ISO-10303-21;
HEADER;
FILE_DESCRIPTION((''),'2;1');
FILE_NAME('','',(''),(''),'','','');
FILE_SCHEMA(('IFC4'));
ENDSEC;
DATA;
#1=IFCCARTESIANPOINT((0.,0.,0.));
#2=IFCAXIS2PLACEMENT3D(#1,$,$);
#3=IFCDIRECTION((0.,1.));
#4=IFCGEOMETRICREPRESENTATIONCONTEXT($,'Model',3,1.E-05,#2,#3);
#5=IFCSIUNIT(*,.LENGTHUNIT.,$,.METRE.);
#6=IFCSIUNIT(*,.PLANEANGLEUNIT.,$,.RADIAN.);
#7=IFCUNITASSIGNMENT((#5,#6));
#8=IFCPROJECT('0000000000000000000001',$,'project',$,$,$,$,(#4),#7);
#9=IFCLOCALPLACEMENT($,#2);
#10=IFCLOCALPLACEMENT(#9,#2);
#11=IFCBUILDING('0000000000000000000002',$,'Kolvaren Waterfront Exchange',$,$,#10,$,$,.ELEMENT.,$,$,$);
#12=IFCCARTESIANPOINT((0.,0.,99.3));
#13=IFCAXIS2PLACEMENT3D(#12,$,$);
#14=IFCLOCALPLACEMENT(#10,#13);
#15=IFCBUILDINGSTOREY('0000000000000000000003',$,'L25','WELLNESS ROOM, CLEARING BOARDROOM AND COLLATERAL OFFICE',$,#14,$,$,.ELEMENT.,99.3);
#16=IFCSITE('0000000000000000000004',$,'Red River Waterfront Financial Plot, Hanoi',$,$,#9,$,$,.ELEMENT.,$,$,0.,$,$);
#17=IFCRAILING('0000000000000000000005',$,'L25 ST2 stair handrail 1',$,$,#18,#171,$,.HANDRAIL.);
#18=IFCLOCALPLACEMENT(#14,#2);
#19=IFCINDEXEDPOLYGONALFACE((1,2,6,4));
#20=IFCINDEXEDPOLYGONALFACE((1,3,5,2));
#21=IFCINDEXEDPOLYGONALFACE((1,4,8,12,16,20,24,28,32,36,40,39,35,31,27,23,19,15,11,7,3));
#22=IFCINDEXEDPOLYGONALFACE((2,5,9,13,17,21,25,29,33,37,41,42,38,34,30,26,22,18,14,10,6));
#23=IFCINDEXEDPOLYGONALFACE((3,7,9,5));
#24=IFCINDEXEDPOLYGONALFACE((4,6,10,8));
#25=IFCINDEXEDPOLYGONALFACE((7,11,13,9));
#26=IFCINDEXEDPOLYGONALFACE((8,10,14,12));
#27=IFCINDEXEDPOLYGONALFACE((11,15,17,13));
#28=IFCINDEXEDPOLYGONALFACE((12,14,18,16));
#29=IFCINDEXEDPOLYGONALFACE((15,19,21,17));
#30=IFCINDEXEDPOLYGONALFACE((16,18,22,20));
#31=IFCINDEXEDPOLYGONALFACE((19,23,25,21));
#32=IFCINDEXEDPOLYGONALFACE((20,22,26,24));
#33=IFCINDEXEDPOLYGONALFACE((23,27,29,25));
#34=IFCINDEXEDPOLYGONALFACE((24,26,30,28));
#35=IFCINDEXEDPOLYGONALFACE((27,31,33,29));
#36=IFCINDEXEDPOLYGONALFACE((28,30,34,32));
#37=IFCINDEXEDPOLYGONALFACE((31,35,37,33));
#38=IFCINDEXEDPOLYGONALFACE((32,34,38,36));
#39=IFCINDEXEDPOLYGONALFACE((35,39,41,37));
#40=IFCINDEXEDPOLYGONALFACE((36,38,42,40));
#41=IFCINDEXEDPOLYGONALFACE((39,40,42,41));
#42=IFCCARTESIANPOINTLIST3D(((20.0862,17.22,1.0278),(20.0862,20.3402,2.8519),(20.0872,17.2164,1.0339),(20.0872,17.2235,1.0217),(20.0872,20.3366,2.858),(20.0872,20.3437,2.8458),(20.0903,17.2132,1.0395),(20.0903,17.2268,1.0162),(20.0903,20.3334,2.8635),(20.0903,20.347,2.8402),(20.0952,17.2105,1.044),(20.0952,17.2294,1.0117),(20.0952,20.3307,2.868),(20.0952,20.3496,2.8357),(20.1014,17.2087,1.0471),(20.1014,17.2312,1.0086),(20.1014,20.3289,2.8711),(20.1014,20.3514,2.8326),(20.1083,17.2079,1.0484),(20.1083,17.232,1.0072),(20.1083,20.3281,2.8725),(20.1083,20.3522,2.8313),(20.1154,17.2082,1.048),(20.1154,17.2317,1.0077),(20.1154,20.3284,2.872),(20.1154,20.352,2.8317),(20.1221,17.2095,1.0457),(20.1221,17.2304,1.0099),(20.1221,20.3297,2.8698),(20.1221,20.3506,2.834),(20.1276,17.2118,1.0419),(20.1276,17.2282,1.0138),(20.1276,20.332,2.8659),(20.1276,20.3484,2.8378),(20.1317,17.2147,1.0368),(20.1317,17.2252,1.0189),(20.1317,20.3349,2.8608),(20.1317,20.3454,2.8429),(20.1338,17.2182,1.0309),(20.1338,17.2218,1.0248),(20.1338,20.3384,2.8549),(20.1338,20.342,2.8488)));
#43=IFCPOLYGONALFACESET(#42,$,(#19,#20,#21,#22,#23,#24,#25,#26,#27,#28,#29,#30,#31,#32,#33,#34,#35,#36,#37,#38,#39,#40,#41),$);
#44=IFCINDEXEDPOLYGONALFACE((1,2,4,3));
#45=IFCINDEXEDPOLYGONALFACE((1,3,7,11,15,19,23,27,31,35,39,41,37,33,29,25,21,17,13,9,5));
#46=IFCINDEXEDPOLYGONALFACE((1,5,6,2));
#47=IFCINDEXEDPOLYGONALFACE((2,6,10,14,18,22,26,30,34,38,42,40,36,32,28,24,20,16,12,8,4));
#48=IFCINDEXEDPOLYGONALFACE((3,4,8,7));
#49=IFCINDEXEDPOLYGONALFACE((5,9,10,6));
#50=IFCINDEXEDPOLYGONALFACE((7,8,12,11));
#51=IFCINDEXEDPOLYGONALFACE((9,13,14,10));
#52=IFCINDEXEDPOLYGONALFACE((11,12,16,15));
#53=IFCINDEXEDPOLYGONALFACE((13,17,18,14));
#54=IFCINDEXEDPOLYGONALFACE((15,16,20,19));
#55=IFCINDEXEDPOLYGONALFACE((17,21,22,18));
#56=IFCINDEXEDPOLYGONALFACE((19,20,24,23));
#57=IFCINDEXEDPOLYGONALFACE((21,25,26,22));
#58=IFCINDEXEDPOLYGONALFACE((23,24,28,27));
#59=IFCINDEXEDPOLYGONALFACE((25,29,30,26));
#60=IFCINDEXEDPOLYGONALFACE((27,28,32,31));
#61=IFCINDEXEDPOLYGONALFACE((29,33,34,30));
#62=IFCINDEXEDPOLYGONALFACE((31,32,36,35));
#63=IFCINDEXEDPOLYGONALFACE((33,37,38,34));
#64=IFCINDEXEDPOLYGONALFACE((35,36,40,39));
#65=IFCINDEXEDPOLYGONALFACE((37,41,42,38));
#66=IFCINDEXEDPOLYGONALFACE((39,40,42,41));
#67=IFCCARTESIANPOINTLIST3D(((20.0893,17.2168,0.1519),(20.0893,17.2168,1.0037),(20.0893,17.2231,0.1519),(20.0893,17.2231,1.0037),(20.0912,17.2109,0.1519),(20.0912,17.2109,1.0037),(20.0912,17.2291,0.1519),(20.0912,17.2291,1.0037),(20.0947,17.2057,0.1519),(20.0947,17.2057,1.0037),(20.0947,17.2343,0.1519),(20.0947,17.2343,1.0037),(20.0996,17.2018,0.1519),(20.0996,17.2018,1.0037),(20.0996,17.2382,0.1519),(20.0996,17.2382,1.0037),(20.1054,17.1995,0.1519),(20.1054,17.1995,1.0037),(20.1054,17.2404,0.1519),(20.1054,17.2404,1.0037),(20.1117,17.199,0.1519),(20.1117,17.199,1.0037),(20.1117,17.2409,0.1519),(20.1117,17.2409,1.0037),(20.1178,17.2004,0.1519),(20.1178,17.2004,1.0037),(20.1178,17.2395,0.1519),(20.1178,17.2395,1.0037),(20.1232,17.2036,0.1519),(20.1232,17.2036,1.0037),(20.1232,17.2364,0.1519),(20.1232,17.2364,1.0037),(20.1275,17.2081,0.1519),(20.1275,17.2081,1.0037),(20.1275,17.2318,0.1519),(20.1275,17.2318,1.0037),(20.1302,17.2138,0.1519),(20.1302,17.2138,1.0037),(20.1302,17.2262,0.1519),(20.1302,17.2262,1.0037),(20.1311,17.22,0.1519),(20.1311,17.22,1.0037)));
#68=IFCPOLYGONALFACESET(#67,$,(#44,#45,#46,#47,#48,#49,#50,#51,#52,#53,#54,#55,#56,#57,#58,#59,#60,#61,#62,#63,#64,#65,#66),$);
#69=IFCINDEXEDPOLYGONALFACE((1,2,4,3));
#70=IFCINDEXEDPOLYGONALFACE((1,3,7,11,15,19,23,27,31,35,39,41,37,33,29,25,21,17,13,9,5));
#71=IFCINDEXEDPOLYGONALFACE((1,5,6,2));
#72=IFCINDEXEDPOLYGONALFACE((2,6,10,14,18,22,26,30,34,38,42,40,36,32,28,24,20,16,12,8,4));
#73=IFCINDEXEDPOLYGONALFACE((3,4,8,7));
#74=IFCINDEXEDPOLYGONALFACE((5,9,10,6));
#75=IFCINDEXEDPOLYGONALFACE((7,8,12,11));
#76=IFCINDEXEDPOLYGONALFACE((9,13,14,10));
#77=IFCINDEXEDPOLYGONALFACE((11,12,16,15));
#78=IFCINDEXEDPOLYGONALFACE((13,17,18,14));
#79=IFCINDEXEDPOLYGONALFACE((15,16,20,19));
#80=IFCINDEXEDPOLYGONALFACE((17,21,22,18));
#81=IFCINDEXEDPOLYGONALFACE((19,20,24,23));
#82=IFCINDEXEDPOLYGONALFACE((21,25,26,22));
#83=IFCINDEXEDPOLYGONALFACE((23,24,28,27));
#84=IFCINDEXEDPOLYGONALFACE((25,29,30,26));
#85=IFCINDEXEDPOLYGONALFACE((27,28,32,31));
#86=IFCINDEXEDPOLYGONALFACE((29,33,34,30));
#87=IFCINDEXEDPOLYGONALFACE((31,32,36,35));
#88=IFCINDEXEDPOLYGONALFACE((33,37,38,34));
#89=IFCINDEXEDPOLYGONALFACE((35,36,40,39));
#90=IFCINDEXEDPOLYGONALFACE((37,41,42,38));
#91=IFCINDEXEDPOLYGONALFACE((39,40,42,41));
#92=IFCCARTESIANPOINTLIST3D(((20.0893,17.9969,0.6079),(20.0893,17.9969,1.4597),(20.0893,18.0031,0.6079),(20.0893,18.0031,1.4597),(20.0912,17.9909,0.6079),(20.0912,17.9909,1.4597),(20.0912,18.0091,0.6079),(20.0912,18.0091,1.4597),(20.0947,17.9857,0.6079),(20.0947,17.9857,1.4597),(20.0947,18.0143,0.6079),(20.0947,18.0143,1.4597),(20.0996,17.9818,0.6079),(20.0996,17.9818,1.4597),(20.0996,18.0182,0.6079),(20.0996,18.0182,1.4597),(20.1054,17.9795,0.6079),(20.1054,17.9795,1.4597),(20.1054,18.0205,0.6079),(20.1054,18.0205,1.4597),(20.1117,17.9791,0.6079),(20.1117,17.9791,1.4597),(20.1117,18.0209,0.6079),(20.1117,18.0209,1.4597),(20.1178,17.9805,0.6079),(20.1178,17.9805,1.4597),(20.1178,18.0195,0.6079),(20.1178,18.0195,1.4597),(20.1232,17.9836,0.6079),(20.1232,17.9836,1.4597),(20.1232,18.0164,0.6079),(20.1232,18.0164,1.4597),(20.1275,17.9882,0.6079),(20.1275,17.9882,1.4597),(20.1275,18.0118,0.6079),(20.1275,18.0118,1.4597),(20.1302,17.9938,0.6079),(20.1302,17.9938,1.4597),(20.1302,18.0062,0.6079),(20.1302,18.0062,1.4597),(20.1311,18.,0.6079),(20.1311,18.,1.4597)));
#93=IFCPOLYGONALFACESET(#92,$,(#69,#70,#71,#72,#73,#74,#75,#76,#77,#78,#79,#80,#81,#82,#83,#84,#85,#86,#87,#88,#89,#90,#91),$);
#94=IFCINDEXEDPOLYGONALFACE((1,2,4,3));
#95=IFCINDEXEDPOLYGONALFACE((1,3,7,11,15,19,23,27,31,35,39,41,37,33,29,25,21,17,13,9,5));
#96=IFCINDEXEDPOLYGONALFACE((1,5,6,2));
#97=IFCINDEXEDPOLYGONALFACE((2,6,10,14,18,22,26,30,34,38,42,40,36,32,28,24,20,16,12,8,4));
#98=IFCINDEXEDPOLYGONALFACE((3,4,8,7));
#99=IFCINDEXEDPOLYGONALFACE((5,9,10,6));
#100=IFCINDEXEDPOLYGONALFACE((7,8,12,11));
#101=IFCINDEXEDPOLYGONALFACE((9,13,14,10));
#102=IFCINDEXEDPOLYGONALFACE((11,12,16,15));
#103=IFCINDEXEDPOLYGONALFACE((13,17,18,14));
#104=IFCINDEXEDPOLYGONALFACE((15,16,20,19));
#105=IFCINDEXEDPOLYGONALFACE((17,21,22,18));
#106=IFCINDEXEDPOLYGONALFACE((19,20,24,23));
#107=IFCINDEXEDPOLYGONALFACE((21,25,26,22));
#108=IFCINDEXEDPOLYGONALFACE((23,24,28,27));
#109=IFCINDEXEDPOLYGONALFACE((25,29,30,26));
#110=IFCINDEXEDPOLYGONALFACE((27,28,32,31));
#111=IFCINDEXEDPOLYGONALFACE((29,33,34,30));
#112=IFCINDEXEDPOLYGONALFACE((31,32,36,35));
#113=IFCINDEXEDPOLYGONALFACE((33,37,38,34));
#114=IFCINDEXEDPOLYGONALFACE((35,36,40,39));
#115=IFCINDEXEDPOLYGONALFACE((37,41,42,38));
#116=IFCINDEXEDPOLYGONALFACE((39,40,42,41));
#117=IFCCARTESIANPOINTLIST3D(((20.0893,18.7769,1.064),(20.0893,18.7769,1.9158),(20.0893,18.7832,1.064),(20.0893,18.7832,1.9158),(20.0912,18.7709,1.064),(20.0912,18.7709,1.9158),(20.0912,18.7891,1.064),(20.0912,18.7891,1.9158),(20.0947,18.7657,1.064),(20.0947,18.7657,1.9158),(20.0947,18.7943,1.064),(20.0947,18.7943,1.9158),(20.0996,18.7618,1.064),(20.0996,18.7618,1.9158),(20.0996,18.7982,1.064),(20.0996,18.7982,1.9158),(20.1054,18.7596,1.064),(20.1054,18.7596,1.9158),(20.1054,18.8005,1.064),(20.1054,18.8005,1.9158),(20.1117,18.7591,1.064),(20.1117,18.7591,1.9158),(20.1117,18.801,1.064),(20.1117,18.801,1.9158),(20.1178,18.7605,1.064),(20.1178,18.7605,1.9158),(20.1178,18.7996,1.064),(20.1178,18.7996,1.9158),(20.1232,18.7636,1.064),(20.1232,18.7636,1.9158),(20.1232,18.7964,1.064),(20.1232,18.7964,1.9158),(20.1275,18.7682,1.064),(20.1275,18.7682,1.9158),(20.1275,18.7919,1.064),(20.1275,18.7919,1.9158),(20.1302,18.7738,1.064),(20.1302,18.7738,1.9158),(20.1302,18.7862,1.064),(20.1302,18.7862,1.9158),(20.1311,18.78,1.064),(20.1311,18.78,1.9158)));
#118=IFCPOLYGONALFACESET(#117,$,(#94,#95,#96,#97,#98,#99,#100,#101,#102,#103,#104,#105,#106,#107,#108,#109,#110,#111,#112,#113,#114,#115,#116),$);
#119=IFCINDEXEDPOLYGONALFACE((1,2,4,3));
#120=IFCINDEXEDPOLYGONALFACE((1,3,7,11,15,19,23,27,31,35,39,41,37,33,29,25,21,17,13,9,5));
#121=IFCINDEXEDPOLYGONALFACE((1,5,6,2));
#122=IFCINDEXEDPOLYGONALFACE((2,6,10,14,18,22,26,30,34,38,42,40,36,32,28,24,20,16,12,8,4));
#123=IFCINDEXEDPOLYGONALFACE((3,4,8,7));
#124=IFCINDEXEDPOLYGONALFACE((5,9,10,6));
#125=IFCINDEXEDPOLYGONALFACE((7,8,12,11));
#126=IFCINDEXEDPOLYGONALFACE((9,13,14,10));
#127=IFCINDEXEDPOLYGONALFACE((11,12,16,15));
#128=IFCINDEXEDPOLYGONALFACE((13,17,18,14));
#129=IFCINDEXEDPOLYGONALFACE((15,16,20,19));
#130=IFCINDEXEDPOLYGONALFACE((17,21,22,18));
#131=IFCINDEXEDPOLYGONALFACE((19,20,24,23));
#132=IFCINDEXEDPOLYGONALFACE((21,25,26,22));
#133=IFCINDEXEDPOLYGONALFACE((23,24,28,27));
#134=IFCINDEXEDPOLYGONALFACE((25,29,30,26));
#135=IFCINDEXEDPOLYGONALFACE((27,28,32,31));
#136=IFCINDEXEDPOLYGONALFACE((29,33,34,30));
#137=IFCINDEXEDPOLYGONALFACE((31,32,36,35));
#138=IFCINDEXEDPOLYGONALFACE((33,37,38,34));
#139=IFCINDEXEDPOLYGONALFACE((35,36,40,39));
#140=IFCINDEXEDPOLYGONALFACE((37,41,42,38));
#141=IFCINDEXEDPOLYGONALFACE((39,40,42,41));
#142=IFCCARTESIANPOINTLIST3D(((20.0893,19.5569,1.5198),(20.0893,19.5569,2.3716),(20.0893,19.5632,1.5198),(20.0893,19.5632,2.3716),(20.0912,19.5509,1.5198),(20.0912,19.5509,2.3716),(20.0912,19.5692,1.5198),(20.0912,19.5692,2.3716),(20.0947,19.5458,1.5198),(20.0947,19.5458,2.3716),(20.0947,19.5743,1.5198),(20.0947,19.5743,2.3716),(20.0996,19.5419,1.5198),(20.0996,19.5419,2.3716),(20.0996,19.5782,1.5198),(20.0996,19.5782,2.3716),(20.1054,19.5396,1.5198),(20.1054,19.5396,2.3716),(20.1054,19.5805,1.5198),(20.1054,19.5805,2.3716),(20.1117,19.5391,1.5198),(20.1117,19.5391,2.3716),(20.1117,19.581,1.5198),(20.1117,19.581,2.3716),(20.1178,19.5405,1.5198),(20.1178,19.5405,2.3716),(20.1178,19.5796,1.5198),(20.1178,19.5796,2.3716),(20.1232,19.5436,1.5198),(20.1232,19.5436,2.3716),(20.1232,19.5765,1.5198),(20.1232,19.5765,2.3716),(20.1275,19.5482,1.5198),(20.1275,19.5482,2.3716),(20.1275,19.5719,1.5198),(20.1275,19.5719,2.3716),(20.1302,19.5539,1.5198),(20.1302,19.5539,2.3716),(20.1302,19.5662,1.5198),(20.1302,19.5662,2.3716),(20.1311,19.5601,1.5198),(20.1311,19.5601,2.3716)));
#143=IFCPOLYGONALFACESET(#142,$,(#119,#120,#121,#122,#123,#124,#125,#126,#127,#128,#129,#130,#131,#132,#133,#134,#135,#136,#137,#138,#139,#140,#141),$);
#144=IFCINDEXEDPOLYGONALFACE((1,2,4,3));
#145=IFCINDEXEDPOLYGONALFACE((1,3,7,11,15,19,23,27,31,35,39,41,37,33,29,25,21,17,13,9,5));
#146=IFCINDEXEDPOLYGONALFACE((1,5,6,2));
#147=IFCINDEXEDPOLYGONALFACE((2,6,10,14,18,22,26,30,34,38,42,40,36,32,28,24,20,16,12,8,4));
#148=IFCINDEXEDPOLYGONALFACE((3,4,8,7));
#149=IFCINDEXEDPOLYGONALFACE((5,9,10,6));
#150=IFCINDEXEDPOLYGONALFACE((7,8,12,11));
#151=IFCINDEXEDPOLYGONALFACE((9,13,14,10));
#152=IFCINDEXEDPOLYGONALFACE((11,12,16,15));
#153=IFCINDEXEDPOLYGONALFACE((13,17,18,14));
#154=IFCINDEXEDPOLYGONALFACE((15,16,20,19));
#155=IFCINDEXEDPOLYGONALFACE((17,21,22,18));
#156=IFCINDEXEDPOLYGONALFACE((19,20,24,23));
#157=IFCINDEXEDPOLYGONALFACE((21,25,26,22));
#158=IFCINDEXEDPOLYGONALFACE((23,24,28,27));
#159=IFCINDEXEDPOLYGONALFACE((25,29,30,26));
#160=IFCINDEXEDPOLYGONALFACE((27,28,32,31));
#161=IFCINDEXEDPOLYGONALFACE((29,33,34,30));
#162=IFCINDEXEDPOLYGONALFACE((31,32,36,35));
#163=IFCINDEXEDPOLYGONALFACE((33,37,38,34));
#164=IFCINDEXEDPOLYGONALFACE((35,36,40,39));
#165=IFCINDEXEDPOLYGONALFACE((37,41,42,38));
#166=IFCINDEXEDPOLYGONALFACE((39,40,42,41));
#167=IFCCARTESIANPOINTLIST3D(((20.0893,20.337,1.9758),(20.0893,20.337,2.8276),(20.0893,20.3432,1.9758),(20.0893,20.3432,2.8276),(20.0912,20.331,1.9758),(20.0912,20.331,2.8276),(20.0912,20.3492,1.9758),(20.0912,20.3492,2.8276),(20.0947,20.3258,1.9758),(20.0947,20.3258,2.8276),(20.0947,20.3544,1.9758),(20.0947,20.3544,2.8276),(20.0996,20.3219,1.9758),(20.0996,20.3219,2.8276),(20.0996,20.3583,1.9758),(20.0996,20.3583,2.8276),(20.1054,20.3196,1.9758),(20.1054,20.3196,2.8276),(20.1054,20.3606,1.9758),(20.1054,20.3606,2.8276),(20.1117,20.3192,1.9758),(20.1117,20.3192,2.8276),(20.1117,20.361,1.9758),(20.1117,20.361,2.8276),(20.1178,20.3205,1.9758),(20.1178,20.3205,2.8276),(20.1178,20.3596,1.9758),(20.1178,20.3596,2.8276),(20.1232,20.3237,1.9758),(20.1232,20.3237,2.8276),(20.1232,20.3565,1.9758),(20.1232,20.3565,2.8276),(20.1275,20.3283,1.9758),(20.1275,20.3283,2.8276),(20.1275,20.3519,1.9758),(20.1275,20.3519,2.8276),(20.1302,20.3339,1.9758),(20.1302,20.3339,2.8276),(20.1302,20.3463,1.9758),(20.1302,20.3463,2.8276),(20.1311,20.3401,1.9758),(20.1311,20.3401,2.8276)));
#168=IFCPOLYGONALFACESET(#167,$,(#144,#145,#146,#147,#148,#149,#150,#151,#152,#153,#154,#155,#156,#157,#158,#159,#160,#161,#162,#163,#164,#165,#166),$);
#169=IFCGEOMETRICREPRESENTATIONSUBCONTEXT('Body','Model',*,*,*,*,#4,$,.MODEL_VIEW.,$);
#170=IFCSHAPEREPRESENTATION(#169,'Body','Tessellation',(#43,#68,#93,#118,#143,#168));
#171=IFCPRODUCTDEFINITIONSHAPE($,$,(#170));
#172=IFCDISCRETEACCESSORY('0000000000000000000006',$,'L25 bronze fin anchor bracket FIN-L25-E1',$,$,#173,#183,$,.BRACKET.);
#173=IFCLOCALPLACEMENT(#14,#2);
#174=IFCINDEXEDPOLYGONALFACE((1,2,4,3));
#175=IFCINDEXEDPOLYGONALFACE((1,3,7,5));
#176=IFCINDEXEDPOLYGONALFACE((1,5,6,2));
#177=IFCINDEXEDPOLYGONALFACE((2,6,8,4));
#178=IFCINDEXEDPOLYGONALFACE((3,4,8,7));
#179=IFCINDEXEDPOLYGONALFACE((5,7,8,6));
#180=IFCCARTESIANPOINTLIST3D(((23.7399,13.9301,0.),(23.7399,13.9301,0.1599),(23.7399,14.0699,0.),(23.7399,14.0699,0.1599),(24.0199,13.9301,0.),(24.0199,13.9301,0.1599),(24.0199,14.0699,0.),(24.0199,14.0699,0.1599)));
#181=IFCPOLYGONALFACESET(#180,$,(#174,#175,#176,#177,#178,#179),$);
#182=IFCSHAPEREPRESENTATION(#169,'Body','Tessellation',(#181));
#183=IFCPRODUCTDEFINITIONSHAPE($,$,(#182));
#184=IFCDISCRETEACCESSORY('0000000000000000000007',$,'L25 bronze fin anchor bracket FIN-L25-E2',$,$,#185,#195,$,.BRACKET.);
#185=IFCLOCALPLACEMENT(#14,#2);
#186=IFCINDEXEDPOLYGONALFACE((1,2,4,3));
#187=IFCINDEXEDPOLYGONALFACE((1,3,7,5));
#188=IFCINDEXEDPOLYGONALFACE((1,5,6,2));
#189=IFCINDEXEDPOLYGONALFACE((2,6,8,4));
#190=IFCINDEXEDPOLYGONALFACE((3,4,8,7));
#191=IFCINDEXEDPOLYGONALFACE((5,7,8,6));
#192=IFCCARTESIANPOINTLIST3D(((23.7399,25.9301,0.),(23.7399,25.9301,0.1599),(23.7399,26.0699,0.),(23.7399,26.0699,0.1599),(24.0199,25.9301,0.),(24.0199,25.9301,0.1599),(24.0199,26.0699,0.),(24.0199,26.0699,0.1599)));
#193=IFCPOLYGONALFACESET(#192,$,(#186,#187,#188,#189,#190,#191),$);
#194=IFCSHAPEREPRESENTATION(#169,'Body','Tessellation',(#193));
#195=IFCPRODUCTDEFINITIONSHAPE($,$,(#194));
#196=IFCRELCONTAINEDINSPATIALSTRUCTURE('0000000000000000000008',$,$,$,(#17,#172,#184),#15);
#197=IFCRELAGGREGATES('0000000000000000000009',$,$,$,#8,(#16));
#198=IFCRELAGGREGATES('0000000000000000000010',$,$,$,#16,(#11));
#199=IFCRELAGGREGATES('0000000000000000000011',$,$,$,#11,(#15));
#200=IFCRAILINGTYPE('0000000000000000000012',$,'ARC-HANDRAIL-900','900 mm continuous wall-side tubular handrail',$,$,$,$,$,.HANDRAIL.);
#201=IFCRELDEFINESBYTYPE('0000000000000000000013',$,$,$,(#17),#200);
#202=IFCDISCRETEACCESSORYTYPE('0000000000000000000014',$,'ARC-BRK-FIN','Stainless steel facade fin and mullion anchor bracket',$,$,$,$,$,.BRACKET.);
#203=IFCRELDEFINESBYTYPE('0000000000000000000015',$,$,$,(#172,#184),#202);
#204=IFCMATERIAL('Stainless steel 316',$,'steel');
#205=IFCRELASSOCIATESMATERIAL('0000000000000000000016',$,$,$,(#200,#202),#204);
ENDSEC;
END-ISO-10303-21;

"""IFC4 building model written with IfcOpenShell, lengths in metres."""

from ifc_helpers import new_model, si_unit, direction, frame, origin, origin_with_axes, origin_2d, place, context, subcontext, project, spatial, rectangle, circle, extrude, source, transform, mapped, material, type_object, element, save


model = new_model("IFC4")

# Units and contexts
model_context = context("Model", 3, precision=1e-05, world=origin(), true_north=direction((0.0, 1.0)))
body_context = subcontext(model_context, "Body", "Model", "MODEL_VIEW")
ifc_project = project(units=[si_unit("LENGTHUNIT", "METRE"), si_unit("PLANEANGLEUNIT", "RADIAN")], contexts=[model_context])

# Site, building, storey
site_placement = place(None, origin())
site = spatial("IfcSite", under=ifc_project, at=site_placement, Name="Red River Waterfront Financial Plot, Hanoi", CompositionType="ELEMENT", RefElevation=0.0)
building_placement = place(site_placement, origin())
building = spatial("IfcBuilding", under=site, at=building_placement, Name="Kolvaren Waterfront Exchange", CompositionType="ELEMENT")
storey_placement = place(building_placement, frame((0.0, 0.0, 99.3)))
storey = spatial("IfcBuildingStorey", under=building, at=storey_placement, Name="L25", Description="WELLNESS ROOM, CLEARING BOARDROOM AND COLLATERAL OFFICE", CompositionType="ELEMENT", Elevation=99.3)

# Railing
ifc_material_1 = material(Name="Stainless steel 316", Category="steel")
railing_type_1 = type_object("IfcRailingType", Name="ARC-HANDRAIL-900", Description="900 mm continuous wall-side tubular handrail", PredefinedType="HANDRAIL", material=ifc_material_1)
railing_1_placement = place(storey_placement, frame((20.1101, 17.22, 0.1519)))
element("IfcRailing", 1, at=railing_1_placement, inside=storey, type_object=railing_type_1, Name="L25 ST2 stair handrail 1", PredefinedType="HANDRAIL", context=body_context, shape_type="SweptSolid", body=[
    extrude(circle(Radius=0.0239, at=origin_2d()), frame((0.0, 0.0, 0.876), z_axis=(0.0, 0.863308, 0.504677), x_axis=(-1.0, 0.0, 0.0)), (0.0, 0.0, 1.0), 3.6143),
    extrude(circle(Radius=0.021, at=origin_2d()), origin(), (0.0, 0.0, 1.0), 0.8518),
    extrude(circle(Radius=0.021, at=origin_2d()), frame((0.0, 0.78, 0.4561)), (0.0, 0.0, 1.0), 0.8518),
    extrude(circle(Radius=0.021, at=origin_2d()), frame((0.0, 1.5601, 0.9121)), (0.0, 0.0, 1.0), 0.8518),
    extrude(circle(Radius=0.021, at=origin_2d()), frame((0.0, 2.3401, 1.3679)), (0.0, 0.0, 1.0), 0.8518),
    extrude(circle(Radius=0.021, at=origin_2d()), frame((0.0, 3.1201, 1.824)), (0.0, 0.0, 1.0), 0.8518),
])

# Discrete accessories
discrete_accessory_type = type_object("IfcDiscreteAccessoryType", Name="ARC-BRK-FIN", Description="Stainless steel facade fin and mullion anchor bracket", PredefinedType="BRACKET", material=ifc_material_1)
shared_shape_1 = source(origin_with_axes(), body_context, "Body", "SweptSolid", [
    extrude(rectangle(XDim=0.28, YDim=0.1399, at=origin_2d()), origin(), (0.0, 0.0, 1.0), 0.1599),
])
for number, where, z_axis, x_axis, name in (
    (2, (23.8799, 14.0, 0.0), (0.0, 0.0, 1.0), (1.0, 0.0, 0.0), "L25 bronze fin anchor bracket FIN-L25-E1"),
    (3, (23.8799, 26.0, 0.0), (0.0, 0.0, 1.0), (1.0, 0.0, 0.0), "L25 bronze fin anchor bracket FIN-L25-E2"),
):
    element("IfcDiscreteAccessory", number, at=place(storey_placement, frame(where, z_axis=z_axis, x_axis=x_axis)), inside=storey, type_object=discrete_accessory_type, Name=name, PredefinedType="BRACKET", context=body_context, shape_type="MappedRepresentation", body=[
        mapped(shared_shape_1, transform((0.0, 0.0, 0.0), x_axis=(1.0, 0.0, 0.0), y_axis=(0.0, 1.0, 0.0), z_axis=(0.0, 0.0, 1.0), scale=1.0)),
    ])

save(model, "model.ifc")
